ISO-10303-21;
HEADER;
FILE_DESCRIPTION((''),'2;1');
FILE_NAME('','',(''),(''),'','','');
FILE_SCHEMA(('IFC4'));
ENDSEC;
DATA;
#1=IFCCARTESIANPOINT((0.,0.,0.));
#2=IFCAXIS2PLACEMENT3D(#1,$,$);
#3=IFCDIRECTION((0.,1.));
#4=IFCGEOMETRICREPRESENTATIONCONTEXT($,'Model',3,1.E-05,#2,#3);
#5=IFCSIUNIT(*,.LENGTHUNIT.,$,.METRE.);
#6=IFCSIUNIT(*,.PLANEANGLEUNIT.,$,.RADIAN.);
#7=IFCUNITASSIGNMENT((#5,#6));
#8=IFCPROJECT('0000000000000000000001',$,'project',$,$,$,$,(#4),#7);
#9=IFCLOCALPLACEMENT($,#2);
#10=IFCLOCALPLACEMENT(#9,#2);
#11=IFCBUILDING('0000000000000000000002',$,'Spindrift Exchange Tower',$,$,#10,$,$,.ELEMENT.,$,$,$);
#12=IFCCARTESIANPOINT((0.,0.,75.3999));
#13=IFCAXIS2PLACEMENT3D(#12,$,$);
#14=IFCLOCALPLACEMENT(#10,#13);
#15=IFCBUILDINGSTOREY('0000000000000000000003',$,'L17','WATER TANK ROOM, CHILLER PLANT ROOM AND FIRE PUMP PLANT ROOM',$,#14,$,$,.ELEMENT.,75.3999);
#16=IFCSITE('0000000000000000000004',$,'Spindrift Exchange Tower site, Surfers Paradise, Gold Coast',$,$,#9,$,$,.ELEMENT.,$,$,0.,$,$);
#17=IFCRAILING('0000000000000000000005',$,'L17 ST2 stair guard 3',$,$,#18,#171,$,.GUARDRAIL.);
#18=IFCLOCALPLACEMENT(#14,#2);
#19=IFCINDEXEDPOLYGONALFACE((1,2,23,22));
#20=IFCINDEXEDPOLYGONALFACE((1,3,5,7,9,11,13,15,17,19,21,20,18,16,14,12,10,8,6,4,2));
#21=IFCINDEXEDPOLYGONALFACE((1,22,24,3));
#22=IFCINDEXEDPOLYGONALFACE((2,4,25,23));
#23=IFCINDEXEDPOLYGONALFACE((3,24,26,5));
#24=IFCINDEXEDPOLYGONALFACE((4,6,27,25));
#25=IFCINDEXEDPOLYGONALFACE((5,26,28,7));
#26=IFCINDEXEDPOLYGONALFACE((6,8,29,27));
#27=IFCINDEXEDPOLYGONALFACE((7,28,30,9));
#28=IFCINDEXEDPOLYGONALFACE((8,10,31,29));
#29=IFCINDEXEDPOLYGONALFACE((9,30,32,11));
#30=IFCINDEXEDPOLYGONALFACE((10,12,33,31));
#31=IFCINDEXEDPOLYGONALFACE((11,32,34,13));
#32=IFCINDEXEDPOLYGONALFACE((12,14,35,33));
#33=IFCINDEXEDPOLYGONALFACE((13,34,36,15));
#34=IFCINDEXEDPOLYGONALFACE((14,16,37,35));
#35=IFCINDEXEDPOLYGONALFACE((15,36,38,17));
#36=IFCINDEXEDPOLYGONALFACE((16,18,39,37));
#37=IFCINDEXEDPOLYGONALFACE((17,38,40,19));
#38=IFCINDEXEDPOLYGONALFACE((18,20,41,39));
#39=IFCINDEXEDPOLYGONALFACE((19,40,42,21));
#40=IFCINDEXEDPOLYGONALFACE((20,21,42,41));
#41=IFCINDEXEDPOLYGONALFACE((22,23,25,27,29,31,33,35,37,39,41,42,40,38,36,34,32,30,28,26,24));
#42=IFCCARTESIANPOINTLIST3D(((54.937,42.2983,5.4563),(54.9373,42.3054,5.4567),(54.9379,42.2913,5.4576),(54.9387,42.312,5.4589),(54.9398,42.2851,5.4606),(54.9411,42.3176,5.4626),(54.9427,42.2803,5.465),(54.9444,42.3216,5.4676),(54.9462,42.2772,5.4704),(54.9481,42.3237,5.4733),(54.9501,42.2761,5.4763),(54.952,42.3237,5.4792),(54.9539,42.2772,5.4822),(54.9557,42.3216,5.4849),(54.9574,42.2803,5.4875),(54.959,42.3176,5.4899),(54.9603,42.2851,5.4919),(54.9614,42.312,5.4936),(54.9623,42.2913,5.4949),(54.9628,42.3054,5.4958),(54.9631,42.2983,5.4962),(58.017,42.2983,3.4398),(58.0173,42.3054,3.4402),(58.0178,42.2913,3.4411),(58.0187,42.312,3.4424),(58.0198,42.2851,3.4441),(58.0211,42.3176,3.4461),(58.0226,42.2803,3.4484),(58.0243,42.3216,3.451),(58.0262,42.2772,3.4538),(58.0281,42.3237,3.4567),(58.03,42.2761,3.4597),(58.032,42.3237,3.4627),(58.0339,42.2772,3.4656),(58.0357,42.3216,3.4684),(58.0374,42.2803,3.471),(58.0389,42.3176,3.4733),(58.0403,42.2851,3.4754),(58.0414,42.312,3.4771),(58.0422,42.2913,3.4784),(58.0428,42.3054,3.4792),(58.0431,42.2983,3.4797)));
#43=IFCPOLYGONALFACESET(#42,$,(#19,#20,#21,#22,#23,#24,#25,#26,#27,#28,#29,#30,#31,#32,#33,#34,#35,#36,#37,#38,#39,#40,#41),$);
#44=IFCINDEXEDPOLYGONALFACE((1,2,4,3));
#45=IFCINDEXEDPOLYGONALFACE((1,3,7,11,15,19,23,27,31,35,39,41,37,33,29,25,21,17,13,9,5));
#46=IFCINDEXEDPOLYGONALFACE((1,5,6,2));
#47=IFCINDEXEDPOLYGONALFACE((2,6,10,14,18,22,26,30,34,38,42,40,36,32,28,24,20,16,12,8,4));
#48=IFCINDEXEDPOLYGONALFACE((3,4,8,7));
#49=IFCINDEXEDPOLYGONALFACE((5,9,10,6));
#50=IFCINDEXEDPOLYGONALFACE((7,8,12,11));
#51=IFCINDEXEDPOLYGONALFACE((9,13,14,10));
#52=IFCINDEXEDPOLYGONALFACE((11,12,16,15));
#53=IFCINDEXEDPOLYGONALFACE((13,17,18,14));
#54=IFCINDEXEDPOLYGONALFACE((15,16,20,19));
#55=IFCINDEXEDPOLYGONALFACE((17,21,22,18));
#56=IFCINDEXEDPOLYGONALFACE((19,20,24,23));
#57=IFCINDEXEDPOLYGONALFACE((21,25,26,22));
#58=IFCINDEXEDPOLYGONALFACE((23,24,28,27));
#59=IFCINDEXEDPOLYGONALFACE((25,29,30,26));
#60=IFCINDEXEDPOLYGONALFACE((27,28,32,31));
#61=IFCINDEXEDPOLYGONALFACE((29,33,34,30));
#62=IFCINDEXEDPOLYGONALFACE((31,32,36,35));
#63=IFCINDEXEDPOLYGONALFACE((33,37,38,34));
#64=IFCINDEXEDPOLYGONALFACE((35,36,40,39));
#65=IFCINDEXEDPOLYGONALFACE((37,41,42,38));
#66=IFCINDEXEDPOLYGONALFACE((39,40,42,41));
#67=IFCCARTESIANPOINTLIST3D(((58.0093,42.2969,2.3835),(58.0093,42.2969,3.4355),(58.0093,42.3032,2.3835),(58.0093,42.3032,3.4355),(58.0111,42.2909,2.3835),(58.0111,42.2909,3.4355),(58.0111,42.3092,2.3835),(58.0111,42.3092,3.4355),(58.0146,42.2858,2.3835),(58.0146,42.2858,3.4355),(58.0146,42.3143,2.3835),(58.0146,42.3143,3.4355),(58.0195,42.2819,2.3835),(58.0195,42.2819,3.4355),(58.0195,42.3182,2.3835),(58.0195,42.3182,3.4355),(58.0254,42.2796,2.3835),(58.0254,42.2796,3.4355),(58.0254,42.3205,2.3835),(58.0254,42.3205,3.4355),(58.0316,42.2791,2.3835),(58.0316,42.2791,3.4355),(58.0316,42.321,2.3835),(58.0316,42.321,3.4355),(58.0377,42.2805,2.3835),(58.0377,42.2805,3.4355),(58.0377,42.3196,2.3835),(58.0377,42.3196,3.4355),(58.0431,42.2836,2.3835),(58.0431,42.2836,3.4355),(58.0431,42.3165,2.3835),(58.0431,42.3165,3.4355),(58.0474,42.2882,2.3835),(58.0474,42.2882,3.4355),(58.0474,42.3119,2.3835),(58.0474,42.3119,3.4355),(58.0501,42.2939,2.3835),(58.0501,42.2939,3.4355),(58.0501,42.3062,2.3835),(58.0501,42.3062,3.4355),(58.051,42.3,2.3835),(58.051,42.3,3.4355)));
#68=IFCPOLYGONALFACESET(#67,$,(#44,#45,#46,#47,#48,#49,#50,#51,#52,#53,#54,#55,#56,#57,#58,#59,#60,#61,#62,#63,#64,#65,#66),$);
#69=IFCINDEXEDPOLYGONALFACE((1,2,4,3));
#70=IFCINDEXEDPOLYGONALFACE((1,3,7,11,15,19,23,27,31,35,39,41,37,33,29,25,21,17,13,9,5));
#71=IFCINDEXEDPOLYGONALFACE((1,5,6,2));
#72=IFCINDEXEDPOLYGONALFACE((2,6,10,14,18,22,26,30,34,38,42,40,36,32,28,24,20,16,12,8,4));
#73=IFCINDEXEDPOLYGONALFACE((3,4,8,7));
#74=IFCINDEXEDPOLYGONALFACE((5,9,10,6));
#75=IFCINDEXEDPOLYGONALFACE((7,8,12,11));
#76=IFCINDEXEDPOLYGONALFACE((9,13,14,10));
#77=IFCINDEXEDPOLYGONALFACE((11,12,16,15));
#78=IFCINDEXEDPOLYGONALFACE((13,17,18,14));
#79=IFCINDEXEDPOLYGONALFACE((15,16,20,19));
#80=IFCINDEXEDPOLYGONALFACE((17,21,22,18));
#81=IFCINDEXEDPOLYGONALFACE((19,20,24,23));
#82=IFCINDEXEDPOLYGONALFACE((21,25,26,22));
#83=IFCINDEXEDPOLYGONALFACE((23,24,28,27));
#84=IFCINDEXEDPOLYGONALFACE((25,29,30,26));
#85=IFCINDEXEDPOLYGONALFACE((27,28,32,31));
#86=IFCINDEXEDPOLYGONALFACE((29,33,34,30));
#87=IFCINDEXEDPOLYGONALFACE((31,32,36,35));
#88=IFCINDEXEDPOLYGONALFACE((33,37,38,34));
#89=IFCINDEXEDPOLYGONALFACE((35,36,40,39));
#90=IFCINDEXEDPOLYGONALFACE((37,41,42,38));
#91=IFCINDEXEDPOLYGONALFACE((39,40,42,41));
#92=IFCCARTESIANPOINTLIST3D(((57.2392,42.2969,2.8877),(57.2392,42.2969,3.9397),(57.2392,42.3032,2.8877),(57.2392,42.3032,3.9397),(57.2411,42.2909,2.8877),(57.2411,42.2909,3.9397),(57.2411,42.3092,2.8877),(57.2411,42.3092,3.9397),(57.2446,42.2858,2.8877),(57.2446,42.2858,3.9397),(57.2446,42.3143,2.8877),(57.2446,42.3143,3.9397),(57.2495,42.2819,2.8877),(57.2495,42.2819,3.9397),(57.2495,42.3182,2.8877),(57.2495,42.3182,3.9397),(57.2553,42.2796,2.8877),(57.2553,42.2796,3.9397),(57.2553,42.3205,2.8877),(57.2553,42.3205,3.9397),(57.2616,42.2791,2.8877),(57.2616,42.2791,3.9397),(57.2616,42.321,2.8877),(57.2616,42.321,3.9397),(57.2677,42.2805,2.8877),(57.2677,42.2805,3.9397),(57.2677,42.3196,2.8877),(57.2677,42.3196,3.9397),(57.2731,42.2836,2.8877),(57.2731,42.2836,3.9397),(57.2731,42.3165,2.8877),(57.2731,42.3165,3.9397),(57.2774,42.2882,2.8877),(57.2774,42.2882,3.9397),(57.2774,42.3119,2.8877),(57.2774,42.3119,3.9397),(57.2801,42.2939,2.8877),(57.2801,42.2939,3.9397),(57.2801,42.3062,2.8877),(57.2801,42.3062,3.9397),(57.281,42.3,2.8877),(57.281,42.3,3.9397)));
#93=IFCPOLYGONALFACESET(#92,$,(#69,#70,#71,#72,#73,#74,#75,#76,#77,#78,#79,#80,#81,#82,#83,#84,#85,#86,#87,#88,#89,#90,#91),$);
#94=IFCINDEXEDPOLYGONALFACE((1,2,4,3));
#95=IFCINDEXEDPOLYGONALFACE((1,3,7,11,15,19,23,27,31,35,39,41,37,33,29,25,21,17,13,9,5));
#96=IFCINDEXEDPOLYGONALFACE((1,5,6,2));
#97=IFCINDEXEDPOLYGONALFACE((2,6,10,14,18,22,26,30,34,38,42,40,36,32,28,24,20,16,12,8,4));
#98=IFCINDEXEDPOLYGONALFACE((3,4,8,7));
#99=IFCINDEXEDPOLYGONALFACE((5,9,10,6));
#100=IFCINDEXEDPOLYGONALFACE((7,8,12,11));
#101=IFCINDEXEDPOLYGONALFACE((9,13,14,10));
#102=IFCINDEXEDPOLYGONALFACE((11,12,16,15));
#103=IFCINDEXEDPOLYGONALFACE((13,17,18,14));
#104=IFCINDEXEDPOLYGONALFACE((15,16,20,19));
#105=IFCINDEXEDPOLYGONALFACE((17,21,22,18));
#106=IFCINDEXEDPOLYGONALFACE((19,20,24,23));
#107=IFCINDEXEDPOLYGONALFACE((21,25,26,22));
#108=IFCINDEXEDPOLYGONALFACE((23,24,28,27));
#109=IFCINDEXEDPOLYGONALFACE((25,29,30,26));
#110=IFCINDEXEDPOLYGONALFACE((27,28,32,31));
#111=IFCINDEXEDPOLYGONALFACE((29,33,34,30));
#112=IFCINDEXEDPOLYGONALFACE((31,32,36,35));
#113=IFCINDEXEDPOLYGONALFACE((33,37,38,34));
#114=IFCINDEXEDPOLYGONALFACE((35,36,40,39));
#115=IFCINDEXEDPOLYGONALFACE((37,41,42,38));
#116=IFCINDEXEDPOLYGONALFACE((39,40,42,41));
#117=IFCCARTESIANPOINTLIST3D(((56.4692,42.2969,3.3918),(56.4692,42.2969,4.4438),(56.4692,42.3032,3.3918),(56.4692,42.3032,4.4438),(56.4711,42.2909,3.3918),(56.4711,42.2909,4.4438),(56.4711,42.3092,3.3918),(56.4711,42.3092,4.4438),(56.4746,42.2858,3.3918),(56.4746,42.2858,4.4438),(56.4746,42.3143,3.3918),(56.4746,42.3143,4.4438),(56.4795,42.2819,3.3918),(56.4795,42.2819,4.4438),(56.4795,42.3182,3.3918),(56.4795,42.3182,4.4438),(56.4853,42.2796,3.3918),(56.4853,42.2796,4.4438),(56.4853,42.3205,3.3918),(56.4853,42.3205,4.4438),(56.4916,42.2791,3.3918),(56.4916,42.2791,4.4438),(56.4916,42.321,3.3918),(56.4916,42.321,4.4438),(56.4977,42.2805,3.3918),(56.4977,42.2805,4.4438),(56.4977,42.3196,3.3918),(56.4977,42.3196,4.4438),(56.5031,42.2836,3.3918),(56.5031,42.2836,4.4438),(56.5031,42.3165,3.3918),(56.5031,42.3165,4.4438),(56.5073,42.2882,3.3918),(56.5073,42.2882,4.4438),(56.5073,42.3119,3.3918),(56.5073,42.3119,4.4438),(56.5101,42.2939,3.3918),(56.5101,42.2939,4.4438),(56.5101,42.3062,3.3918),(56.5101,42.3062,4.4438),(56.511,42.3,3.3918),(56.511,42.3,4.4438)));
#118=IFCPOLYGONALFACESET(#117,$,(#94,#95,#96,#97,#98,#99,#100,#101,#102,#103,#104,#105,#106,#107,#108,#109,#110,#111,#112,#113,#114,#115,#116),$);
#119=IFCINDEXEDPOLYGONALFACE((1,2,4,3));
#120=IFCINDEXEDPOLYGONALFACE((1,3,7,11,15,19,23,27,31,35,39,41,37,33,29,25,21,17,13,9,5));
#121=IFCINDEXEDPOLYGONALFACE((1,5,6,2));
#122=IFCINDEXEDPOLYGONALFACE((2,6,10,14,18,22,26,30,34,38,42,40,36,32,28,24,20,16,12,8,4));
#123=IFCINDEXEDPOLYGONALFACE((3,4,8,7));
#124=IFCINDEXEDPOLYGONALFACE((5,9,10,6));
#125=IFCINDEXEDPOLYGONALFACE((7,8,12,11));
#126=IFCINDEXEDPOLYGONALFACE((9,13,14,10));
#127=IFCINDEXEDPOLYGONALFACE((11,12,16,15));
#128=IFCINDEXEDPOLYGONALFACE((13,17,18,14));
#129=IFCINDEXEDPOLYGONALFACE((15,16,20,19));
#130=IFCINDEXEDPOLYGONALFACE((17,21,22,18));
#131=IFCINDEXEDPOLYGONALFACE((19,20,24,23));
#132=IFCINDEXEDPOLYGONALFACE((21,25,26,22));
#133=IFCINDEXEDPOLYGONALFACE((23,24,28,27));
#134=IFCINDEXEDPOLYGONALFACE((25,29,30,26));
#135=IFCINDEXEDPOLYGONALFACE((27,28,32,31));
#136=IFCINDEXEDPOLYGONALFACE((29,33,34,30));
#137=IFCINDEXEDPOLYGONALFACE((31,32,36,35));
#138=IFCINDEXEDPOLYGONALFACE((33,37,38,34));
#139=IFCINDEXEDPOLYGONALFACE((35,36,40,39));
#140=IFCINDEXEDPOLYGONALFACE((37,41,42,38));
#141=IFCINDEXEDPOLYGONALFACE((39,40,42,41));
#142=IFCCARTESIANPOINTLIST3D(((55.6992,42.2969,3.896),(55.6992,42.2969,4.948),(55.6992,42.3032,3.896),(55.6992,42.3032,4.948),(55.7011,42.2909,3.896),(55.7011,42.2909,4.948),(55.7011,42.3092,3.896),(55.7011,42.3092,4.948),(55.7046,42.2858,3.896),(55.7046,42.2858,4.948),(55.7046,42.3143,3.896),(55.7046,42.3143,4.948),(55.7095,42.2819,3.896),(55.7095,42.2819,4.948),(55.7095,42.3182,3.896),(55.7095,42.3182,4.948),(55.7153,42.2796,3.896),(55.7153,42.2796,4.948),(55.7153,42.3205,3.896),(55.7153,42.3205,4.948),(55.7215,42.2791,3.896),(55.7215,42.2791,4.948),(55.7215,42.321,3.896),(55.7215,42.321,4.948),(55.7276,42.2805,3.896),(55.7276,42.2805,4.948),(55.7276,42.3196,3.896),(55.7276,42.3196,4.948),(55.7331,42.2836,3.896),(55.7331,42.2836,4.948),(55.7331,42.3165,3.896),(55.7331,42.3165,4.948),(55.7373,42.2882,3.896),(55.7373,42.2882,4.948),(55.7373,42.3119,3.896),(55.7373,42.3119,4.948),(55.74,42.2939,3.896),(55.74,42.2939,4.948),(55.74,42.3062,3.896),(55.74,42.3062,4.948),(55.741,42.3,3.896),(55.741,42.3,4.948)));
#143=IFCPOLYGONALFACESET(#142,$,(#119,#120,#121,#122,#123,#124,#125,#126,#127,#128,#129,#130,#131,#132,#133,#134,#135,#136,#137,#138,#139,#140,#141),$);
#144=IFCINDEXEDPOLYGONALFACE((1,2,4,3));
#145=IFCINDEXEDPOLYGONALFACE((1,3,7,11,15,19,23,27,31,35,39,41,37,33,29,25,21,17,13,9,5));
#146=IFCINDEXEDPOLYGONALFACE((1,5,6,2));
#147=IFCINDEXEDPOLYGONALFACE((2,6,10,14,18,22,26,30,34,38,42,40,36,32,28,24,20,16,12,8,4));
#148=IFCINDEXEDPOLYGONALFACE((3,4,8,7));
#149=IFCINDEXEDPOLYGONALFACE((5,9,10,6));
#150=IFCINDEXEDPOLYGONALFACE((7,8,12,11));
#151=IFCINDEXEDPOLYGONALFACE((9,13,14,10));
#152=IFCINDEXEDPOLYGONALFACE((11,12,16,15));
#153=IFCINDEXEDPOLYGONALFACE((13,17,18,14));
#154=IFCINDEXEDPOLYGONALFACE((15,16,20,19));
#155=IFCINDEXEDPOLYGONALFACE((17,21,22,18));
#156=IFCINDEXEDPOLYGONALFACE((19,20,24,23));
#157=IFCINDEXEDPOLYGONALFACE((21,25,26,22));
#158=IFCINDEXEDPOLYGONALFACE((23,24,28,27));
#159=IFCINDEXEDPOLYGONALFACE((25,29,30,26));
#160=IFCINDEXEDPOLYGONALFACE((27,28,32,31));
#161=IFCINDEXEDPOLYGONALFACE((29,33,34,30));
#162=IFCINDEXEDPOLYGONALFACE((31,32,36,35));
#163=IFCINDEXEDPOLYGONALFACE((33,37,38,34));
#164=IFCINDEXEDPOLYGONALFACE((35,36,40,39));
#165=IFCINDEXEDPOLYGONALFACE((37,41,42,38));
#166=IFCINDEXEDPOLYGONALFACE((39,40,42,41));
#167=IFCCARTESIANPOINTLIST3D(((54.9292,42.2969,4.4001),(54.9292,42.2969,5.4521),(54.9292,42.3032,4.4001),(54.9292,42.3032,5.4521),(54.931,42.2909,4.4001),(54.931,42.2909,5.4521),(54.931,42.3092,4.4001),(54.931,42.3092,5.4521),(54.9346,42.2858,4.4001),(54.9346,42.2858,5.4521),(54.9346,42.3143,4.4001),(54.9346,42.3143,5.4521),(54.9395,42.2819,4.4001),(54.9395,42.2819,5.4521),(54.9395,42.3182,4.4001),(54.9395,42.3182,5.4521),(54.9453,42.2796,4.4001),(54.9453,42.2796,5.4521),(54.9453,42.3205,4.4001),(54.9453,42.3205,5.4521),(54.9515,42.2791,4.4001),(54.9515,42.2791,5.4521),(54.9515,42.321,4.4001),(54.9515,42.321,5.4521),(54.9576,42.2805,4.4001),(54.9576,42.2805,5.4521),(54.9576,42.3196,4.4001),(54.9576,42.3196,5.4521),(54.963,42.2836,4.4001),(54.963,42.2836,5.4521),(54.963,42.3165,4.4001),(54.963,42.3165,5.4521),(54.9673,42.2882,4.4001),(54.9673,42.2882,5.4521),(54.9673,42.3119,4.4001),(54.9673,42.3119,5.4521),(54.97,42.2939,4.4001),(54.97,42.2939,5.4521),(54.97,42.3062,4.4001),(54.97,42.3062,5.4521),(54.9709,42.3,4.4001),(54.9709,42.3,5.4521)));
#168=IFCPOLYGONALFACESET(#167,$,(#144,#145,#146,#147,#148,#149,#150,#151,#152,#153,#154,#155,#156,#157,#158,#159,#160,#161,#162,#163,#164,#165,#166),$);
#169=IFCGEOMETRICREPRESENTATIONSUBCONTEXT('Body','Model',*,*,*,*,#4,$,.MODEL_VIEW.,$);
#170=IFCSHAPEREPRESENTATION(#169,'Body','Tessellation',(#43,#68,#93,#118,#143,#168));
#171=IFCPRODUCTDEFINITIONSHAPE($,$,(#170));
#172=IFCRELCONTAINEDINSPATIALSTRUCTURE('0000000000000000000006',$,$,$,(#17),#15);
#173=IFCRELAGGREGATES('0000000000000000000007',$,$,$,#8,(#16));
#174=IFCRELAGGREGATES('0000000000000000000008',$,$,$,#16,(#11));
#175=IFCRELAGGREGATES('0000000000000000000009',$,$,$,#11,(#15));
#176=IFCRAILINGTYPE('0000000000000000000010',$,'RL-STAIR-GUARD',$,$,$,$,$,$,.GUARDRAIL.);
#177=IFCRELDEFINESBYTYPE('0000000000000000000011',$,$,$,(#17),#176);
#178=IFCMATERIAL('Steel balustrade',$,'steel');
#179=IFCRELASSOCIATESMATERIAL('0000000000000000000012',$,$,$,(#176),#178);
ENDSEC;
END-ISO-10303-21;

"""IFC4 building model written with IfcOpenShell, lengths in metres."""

from ifc_helpers import new_model, si_unit, direction, frame, origin, origin_2d, place, context, subcontext, project, spatial, circle, extrude, material, type_object, element, save


model = new_model("IFC4")

# Units and contexts
model_context = context("Model", 3, precision=1e-05, world=origin(), true_north=direction((0.0, 1.0)))
body_context = subcontext(model_context, "Body", "Model", "MODEL_VIEW")
ifc_project = project(units=[si_unit("LENGTHUNIT", "METRE"), si_unit("PLANEANGLEUNIT", "RADIAN")], contexts=[model_context])

# Site, building, storey
site_placement = place(None, origin())
site = spatial("IfcSite", under=ifc_project, at=site_placement, Name="Spindrift Exchange Tower site, Surfers Paradise, Gold Coast", CompositionType="ELEMENT", RefElevation=0.0)
building_placement = place(site_placement, origin())
building = spatial("IfcBuilding", under=site, at=building_placement, Name="Spindrift Exchange Tower", CompositionType="ELEMENT")
storey_placement = place(building_placement, frame((0.0, 0.0, 75.3999)))
storey = spatial("IfcBuildingStorey", under=building, at=storey_placement, Name="L17", Description="WATER TANK ROOM, CHILLER PLANT ROOM AND FIRE PUMP PLANT ROOM", CompositionType="ELEMENT", Elevation=75.3999)

# Railing
ifc_material_1 = material(Name="Steel balustrade", Category="steel")
railing_type_1 = type_object("IfcRailingType", Name="RL-STAIR-GUARD", PredefinedType="GUARDRAIL", material=ifc_material_1)
railing_1_placement = place(storey_placement, frame((58.03, 42.3, 2.3835)))
element("IfcRailing", 1, at=railing_1_placement, inside=storey, type_object=railing_type_1, Name="L17 ST2 stair guard 3", PredefinedType="GUARDRAIL", context=body_context, shape_type="SweptSolid", body=[
    extrude(circle(Radius=0.0239, at=origin_2d()), frame((0.0, 0.0, 1.0762), z_axis=(-0.836633, 0.0, 0.547764), x_axis=(0.0, -1.0, 0.0)), (0.0, 0.0, 1.0), 3.6814),
    extrude(circle(Radius=0.021, at=origin_2d()), origin(), (0.0, 0.0, 1.0), 1.052),
    extrude(circle(Radius=0.021, at=origin_2d()), frame((-0.77, 0.0, 0.5042)), (0.0, 0.0, 1.0), 1.052),
    extrude(circle(Radius=0.021, at=origin_2d()), frame((-1.54, 0.0, 1.0083)), (0.0, 0.0, 1.0), 1.052),
    extrude(circle(Radius=0.021, at=origin_2d()), frame((-2.3101, 0.0, 1.5125)), (0.0, 0.0, 1.0), 1.052),
    extrude(circle(Radius=0.021, at=origin_2d()), frame((-3.0801, 0.0, 2.0166)), (0.0, 0.0, 1.0), 1.052),
])

save(model, "model.ifc")
